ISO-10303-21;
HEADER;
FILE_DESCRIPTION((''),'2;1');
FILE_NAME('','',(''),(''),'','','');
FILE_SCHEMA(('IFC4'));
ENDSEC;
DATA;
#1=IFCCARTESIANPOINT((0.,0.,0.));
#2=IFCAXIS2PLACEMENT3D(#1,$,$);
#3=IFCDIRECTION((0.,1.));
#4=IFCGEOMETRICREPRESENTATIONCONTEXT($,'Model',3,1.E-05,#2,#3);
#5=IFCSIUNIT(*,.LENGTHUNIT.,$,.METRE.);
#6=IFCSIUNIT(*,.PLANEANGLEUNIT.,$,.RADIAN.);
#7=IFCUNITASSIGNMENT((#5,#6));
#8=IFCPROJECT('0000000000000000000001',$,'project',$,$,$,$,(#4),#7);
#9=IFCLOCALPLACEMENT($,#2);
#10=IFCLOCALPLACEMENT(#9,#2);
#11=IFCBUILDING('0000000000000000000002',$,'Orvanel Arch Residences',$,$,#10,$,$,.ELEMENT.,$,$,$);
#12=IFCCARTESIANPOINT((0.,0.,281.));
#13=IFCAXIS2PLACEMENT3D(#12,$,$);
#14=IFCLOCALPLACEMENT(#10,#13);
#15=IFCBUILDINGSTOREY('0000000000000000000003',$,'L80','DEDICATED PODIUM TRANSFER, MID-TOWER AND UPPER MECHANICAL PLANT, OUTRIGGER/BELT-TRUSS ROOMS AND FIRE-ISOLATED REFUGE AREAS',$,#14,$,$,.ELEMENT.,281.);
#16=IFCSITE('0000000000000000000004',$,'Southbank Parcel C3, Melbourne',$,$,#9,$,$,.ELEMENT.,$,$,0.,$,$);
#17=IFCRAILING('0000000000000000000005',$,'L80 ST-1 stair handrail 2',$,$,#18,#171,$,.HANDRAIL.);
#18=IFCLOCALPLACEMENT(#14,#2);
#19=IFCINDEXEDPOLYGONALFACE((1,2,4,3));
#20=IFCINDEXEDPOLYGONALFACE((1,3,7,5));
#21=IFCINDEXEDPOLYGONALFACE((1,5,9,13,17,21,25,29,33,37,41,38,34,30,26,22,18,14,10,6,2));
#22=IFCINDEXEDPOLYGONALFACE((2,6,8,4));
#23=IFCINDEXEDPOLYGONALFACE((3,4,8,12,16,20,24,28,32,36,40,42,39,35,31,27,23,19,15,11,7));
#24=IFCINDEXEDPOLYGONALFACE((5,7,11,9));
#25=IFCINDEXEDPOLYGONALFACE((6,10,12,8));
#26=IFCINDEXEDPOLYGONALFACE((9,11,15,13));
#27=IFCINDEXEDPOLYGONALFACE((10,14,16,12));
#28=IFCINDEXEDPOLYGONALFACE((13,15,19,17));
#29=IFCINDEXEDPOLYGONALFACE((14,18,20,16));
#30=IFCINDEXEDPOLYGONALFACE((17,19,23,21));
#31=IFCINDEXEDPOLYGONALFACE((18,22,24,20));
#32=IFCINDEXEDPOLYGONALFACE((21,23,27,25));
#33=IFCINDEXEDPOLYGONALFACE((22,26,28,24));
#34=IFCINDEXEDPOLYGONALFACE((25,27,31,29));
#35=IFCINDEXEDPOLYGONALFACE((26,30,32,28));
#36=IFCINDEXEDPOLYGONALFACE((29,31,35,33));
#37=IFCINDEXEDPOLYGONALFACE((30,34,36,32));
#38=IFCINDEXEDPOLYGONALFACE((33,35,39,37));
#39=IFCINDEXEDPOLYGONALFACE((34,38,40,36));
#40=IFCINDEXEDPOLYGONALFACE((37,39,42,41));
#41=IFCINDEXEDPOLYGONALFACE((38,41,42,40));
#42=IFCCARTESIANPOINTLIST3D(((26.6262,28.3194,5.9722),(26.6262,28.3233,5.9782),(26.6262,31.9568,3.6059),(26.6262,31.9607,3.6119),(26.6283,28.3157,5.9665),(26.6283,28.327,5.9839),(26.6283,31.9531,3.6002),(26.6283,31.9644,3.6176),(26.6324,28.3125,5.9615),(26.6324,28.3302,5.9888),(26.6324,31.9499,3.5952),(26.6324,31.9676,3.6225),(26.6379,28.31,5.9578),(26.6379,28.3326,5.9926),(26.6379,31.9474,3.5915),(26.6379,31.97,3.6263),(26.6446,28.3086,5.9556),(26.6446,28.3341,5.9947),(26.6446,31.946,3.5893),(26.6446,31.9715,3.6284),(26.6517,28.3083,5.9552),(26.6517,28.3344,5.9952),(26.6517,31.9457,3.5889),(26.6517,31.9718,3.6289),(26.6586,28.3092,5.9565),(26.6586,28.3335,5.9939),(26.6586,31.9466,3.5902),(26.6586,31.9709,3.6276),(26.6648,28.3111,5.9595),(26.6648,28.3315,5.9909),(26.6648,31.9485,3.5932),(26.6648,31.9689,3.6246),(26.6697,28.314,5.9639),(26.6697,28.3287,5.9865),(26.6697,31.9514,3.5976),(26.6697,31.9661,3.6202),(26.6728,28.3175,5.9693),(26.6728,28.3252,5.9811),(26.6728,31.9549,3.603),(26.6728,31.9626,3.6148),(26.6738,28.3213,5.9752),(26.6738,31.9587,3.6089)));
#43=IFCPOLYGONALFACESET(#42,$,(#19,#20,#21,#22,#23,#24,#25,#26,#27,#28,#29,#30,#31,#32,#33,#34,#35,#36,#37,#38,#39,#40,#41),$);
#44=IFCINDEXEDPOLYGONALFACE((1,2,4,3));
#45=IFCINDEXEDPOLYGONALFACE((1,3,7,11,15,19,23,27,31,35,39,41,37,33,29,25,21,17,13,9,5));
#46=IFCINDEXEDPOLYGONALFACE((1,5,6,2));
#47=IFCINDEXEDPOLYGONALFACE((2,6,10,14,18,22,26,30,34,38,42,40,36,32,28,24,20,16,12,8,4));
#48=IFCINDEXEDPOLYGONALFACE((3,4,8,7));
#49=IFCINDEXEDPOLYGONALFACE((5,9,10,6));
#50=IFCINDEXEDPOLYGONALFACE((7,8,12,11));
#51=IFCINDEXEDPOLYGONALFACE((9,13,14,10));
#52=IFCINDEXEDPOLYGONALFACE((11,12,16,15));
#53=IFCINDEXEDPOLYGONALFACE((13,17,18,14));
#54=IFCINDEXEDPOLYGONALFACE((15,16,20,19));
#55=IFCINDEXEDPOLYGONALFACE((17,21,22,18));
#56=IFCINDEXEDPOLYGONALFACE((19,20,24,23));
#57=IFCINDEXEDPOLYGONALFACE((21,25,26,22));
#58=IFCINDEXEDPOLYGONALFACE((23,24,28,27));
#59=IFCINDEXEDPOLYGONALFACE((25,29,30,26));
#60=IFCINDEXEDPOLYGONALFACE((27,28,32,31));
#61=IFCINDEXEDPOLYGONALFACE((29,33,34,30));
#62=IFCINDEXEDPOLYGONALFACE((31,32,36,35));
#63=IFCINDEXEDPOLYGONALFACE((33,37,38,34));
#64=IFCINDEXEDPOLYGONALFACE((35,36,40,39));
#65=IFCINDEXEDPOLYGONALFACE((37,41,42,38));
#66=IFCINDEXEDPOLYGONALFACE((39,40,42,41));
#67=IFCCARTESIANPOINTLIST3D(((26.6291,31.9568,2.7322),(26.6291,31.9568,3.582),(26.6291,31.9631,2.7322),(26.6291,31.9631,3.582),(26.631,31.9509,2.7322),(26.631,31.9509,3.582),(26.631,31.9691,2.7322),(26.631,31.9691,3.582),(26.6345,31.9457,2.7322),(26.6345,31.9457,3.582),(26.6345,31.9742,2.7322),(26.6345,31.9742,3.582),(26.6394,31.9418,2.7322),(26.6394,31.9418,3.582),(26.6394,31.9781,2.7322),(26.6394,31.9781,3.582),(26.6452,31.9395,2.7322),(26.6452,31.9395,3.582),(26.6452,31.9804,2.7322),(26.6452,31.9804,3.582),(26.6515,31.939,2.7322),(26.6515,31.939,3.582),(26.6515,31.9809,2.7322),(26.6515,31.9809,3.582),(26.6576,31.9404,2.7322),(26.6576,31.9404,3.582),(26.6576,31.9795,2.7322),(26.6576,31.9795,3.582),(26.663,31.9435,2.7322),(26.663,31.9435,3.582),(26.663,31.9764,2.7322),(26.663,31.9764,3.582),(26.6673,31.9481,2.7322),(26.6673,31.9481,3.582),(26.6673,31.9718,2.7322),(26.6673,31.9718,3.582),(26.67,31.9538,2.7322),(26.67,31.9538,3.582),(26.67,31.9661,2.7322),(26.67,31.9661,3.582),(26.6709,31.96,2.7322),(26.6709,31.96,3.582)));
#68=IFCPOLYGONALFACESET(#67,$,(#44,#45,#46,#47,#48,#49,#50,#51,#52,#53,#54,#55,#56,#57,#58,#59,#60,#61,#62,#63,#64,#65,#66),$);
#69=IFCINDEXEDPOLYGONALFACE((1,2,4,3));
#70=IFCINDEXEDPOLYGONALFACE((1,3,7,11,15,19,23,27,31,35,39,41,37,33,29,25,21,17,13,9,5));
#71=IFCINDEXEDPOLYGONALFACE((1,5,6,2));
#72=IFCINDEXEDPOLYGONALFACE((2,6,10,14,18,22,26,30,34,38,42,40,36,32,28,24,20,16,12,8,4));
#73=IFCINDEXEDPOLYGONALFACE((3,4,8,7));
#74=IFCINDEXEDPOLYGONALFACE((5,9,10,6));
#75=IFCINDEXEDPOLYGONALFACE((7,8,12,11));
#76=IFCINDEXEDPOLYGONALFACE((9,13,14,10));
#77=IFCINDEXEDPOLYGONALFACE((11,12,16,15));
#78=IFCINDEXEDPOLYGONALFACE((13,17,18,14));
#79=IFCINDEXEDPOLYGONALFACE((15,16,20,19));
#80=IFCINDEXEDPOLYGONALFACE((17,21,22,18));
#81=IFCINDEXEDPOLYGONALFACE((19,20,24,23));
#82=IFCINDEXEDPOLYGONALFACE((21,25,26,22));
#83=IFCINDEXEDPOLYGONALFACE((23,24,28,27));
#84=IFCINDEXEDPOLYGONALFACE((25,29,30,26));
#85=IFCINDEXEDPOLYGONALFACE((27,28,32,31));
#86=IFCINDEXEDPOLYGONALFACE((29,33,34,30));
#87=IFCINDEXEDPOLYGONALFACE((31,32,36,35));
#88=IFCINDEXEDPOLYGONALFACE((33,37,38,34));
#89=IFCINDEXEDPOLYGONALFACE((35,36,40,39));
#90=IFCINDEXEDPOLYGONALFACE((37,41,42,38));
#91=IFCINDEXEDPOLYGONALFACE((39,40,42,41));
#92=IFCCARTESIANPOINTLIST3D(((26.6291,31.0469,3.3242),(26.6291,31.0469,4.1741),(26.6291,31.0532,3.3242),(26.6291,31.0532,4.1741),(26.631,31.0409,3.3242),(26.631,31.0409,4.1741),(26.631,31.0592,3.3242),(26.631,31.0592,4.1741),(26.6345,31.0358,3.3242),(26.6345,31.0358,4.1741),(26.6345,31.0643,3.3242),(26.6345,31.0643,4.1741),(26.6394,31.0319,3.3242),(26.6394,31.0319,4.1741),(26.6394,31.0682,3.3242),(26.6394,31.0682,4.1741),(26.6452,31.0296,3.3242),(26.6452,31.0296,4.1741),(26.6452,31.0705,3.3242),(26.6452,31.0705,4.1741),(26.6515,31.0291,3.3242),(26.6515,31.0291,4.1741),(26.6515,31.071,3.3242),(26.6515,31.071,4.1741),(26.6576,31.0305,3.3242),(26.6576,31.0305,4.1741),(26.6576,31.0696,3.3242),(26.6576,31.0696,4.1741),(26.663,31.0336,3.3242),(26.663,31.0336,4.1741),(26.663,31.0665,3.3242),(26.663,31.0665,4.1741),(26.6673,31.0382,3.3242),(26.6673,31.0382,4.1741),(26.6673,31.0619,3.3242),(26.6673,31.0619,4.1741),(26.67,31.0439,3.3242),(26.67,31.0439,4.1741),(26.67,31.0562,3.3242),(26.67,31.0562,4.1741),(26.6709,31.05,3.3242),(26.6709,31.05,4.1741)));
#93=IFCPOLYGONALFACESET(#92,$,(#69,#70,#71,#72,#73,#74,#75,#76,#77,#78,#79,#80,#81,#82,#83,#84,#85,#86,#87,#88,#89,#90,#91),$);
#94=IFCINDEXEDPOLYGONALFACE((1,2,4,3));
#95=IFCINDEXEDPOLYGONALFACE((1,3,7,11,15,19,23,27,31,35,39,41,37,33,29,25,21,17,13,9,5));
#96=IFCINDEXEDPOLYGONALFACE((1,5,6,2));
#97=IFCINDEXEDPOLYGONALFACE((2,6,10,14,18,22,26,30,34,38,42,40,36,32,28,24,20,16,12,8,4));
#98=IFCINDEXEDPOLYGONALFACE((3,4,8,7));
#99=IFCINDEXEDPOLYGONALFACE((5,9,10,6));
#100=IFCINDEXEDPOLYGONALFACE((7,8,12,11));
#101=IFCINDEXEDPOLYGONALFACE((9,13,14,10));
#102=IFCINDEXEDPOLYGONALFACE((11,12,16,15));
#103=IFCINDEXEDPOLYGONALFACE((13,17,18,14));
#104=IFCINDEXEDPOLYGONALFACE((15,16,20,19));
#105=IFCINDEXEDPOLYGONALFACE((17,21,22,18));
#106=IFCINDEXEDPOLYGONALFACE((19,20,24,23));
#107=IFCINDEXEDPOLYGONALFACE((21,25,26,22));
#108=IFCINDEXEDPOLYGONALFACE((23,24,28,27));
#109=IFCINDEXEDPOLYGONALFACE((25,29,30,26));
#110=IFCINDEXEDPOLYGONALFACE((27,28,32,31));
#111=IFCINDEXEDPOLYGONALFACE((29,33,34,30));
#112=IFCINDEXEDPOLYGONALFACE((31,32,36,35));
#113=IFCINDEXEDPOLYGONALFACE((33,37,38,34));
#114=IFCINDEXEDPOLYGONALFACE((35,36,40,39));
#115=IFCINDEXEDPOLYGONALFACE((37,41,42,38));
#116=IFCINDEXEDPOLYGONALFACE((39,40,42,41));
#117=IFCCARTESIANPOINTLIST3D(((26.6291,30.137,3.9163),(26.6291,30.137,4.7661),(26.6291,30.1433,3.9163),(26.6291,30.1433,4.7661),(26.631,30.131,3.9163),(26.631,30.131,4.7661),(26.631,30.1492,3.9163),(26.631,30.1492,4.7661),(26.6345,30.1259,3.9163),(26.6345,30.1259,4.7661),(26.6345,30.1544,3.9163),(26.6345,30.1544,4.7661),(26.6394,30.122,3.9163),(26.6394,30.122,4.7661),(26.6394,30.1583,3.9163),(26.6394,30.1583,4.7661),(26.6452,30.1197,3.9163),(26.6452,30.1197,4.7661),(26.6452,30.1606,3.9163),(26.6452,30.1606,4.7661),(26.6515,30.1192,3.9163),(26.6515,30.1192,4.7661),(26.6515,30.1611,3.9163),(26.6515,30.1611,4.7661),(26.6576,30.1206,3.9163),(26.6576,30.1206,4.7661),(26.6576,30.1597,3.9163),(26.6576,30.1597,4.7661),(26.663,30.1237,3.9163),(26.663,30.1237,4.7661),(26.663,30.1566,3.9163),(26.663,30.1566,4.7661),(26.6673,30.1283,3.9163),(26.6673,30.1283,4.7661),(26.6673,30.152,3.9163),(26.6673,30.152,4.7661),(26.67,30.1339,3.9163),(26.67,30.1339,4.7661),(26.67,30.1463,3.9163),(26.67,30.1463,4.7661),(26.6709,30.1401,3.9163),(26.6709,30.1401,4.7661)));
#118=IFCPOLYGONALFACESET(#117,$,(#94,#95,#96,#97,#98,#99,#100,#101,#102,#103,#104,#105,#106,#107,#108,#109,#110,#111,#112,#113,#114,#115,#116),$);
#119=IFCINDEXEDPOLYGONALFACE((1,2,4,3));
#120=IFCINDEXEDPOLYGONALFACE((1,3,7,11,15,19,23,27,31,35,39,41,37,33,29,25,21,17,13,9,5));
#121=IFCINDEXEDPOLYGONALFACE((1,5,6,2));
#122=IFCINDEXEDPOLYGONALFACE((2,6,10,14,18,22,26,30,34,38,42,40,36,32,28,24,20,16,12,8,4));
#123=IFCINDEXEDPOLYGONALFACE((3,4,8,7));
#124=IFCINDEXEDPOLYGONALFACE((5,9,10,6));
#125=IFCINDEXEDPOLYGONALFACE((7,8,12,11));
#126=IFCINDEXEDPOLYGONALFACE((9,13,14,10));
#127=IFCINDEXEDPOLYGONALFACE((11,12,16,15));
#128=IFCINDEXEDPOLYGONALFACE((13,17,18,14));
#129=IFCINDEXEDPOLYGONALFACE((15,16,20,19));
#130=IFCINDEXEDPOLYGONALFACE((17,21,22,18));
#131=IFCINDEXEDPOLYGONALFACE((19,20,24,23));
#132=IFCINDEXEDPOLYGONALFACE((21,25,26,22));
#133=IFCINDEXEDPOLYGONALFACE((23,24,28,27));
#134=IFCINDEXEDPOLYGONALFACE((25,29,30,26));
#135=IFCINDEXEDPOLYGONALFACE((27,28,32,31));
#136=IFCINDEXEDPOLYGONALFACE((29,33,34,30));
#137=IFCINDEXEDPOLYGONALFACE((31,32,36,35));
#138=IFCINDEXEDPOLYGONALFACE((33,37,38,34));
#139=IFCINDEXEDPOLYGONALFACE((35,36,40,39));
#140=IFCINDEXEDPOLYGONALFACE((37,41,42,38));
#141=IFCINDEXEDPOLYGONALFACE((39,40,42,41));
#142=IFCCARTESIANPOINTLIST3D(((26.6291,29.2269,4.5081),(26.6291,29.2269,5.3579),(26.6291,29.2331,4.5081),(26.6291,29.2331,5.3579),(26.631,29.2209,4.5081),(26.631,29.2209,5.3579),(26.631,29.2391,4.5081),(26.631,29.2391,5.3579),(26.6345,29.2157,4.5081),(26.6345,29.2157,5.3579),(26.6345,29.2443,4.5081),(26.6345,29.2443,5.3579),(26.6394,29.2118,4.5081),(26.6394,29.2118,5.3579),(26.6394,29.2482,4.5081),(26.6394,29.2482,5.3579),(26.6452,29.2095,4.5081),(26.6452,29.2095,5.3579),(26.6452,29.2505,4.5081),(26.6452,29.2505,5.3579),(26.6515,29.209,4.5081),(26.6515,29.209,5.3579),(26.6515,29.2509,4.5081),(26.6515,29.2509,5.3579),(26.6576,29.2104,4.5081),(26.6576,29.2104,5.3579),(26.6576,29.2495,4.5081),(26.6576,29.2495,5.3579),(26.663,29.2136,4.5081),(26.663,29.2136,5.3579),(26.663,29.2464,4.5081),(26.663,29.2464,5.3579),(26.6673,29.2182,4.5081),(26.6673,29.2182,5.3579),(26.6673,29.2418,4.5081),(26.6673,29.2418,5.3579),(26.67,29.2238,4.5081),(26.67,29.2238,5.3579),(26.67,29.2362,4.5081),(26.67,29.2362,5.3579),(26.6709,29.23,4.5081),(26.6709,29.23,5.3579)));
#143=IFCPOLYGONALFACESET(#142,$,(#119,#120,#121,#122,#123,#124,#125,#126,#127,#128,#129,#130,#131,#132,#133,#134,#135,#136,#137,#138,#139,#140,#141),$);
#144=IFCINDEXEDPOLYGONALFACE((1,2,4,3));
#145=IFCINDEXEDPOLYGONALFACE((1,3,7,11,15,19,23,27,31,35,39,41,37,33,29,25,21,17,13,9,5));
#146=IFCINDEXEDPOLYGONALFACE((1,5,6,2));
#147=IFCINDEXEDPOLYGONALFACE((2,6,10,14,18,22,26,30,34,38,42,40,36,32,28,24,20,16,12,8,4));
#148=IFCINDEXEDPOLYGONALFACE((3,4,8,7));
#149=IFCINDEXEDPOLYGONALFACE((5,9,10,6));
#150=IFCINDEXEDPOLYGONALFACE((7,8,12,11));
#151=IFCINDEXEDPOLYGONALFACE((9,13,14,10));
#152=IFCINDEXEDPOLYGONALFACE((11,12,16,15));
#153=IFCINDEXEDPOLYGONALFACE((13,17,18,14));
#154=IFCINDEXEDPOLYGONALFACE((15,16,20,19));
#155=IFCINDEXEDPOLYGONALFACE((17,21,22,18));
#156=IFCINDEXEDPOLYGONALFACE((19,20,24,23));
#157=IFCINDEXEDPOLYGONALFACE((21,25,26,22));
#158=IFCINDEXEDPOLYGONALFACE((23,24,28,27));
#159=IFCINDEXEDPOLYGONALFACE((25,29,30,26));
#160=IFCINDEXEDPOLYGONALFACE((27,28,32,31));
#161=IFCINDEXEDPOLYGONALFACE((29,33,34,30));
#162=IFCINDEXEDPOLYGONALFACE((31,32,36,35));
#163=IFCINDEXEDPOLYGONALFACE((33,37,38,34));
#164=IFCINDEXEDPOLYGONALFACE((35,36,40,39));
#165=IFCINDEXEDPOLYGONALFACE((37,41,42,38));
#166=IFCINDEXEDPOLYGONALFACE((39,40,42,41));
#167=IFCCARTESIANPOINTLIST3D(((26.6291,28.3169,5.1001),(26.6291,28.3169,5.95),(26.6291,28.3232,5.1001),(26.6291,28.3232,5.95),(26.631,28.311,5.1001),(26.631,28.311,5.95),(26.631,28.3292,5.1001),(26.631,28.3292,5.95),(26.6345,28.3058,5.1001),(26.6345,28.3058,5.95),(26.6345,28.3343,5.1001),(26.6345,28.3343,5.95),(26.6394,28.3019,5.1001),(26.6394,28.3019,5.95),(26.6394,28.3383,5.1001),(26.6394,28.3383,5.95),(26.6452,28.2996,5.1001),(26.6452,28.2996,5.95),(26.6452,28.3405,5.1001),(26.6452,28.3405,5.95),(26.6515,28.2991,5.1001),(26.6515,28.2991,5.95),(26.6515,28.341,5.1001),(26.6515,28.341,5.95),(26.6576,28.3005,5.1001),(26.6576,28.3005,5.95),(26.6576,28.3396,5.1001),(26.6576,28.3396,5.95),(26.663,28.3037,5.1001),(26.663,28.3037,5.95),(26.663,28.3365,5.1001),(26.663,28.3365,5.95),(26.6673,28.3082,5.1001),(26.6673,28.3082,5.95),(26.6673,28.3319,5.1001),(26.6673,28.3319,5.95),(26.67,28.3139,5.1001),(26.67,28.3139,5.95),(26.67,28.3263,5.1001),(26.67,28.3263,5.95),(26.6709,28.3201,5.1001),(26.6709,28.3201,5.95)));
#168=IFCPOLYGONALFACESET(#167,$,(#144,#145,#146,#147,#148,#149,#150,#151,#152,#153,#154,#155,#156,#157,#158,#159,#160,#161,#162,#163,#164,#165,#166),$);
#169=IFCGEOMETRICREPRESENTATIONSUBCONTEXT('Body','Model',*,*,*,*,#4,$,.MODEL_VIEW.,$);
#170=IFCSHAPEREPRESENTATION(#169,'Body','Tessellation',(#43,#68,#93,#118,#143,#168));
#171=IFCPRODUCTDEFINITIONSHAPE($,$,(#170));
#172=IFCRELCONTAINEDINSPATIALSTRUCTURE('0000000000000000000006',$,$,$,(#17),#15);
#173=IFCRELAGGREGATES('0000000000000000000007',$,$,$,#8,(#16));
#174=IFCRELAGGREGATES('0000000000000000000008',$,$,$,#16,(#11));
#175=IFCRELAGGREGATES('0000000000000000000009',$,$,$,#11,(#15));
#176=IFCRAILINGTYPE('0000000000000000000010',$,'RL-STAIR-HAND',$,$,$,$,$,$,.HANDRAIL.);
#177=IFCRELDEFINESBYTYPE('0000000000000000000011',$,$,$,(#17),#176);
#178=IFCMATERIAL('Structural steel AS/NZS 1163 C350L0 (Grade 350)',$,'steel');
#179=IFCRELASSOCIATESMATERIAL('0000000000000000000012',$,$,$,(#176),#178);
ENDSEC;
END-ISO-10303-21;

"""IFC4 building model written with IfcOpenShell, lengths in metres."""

from ifc_helpers import new_model, si_unit, direction, frame, origin, origin_2d, place, context, subcontext, project, spatial, circle, extrude, material, type_object, element, save


model = new_model("IFC4")

# Units and contexts
model_context = context("Model", 3, precision=1e-05, world=origin(), true_north=direction((0.0, 1.0)))
body_context = subcontext(model_context, "Body", "Model", "MODEL_VIEW")
ifc_project = project(units=[si_unit("LENGTHUNIT", "METRE"), si_unit("PLANEANGLEUNIT", "RADIAN")], contexts=[model_context])

# Site, building, storey
site_placement = place(None, origin())
site = spatial("IfcSite", under=ifc_project, at=site_placement, Name="Southbank Parcel C3, Melbourne", CompositionType="ELEMENT", RefElevation=0.0)
building_placement = place(site_placement, origin())
building = spatial("IfcBuilding", under=site, at=building_placement, Name="Orvanel Arch Residences", CompositionType="ELEMENT")
storey_placement = place(building_placement, frame((0.0, 0.0, 281.0)))
storey = spatial("IfcBuildingStorey", under=building, at=storey_placement, Name="L80", Description="DEDICATED PODIUM TRANSFER, MID-TOWER AND UPPER MECHANICAL PLANT, OUTRIGGER/BELT-TRUSS ROOMS AND FIRE-ISOLATED REFUGE AREAS", CompositionType="ELEMENT", Elevation=281.0)

# Shared definitions
ifc_material_1 = material(Name="Structural steel AS/NZS 1163 C350L0 (Grade 350)", Category="steel")

# Railing
railing_type_1 = type_object("IfcRailingType", Name="RL-STAIR-HAND", PredefinedType="HANDRAIL", material=ifc_material_1)
railing_1_placement = place(storey_placement, frame((26.6499, 31.96, 2.7322)))
element("IfcRailing", 1, at=railing_1_placement, inside=storey, type_object=railing_type_1, Name="L80 ST-1 stair handrail 2", PredefinedType="HANDRAIL", context=body_context, shape_type="SweptSolid", body=[
    extrude(circle(Radius=0.0239, at=origin_2d()), frame((0.0, -0.0012, 0.8767), z_axis=(0.0, -0.838234, 0.54531), x_axis=(1.0, 0.0, 0.0)), (0.0, 0.0, 1.0), 4.3394),
    extrude(circle(Radius=0.021, at=origin_2d()), origin(), (0.0, 0.0, 1.0), 0.8499),
    extrude(circle(Radius=0.021, at=origin_2d()), frame((0.0, -0.9099, 0.592)), (0.0, 0.0, 1.0), 0.8499),
    extrude(circle(Radius=0.021, at=origin_2d()), frame((0.0, -1.8198, 1.1841)), (0.0, 0.0, 1.0), 0.8499),
    extrude(circle(Radius=0.021, at=origin_2d()), frame((0.0, -2.73, 1.7759)), (0.0, 0.0, 1.0), 0.8499),
    extrude(circle(Radius=0.021, at=origin_2d()), frame((0.0, -3.6399, 2.3679)), (0.0, 0.0, 1.0), 0.8499),
])

save(model, "model.ifc")
